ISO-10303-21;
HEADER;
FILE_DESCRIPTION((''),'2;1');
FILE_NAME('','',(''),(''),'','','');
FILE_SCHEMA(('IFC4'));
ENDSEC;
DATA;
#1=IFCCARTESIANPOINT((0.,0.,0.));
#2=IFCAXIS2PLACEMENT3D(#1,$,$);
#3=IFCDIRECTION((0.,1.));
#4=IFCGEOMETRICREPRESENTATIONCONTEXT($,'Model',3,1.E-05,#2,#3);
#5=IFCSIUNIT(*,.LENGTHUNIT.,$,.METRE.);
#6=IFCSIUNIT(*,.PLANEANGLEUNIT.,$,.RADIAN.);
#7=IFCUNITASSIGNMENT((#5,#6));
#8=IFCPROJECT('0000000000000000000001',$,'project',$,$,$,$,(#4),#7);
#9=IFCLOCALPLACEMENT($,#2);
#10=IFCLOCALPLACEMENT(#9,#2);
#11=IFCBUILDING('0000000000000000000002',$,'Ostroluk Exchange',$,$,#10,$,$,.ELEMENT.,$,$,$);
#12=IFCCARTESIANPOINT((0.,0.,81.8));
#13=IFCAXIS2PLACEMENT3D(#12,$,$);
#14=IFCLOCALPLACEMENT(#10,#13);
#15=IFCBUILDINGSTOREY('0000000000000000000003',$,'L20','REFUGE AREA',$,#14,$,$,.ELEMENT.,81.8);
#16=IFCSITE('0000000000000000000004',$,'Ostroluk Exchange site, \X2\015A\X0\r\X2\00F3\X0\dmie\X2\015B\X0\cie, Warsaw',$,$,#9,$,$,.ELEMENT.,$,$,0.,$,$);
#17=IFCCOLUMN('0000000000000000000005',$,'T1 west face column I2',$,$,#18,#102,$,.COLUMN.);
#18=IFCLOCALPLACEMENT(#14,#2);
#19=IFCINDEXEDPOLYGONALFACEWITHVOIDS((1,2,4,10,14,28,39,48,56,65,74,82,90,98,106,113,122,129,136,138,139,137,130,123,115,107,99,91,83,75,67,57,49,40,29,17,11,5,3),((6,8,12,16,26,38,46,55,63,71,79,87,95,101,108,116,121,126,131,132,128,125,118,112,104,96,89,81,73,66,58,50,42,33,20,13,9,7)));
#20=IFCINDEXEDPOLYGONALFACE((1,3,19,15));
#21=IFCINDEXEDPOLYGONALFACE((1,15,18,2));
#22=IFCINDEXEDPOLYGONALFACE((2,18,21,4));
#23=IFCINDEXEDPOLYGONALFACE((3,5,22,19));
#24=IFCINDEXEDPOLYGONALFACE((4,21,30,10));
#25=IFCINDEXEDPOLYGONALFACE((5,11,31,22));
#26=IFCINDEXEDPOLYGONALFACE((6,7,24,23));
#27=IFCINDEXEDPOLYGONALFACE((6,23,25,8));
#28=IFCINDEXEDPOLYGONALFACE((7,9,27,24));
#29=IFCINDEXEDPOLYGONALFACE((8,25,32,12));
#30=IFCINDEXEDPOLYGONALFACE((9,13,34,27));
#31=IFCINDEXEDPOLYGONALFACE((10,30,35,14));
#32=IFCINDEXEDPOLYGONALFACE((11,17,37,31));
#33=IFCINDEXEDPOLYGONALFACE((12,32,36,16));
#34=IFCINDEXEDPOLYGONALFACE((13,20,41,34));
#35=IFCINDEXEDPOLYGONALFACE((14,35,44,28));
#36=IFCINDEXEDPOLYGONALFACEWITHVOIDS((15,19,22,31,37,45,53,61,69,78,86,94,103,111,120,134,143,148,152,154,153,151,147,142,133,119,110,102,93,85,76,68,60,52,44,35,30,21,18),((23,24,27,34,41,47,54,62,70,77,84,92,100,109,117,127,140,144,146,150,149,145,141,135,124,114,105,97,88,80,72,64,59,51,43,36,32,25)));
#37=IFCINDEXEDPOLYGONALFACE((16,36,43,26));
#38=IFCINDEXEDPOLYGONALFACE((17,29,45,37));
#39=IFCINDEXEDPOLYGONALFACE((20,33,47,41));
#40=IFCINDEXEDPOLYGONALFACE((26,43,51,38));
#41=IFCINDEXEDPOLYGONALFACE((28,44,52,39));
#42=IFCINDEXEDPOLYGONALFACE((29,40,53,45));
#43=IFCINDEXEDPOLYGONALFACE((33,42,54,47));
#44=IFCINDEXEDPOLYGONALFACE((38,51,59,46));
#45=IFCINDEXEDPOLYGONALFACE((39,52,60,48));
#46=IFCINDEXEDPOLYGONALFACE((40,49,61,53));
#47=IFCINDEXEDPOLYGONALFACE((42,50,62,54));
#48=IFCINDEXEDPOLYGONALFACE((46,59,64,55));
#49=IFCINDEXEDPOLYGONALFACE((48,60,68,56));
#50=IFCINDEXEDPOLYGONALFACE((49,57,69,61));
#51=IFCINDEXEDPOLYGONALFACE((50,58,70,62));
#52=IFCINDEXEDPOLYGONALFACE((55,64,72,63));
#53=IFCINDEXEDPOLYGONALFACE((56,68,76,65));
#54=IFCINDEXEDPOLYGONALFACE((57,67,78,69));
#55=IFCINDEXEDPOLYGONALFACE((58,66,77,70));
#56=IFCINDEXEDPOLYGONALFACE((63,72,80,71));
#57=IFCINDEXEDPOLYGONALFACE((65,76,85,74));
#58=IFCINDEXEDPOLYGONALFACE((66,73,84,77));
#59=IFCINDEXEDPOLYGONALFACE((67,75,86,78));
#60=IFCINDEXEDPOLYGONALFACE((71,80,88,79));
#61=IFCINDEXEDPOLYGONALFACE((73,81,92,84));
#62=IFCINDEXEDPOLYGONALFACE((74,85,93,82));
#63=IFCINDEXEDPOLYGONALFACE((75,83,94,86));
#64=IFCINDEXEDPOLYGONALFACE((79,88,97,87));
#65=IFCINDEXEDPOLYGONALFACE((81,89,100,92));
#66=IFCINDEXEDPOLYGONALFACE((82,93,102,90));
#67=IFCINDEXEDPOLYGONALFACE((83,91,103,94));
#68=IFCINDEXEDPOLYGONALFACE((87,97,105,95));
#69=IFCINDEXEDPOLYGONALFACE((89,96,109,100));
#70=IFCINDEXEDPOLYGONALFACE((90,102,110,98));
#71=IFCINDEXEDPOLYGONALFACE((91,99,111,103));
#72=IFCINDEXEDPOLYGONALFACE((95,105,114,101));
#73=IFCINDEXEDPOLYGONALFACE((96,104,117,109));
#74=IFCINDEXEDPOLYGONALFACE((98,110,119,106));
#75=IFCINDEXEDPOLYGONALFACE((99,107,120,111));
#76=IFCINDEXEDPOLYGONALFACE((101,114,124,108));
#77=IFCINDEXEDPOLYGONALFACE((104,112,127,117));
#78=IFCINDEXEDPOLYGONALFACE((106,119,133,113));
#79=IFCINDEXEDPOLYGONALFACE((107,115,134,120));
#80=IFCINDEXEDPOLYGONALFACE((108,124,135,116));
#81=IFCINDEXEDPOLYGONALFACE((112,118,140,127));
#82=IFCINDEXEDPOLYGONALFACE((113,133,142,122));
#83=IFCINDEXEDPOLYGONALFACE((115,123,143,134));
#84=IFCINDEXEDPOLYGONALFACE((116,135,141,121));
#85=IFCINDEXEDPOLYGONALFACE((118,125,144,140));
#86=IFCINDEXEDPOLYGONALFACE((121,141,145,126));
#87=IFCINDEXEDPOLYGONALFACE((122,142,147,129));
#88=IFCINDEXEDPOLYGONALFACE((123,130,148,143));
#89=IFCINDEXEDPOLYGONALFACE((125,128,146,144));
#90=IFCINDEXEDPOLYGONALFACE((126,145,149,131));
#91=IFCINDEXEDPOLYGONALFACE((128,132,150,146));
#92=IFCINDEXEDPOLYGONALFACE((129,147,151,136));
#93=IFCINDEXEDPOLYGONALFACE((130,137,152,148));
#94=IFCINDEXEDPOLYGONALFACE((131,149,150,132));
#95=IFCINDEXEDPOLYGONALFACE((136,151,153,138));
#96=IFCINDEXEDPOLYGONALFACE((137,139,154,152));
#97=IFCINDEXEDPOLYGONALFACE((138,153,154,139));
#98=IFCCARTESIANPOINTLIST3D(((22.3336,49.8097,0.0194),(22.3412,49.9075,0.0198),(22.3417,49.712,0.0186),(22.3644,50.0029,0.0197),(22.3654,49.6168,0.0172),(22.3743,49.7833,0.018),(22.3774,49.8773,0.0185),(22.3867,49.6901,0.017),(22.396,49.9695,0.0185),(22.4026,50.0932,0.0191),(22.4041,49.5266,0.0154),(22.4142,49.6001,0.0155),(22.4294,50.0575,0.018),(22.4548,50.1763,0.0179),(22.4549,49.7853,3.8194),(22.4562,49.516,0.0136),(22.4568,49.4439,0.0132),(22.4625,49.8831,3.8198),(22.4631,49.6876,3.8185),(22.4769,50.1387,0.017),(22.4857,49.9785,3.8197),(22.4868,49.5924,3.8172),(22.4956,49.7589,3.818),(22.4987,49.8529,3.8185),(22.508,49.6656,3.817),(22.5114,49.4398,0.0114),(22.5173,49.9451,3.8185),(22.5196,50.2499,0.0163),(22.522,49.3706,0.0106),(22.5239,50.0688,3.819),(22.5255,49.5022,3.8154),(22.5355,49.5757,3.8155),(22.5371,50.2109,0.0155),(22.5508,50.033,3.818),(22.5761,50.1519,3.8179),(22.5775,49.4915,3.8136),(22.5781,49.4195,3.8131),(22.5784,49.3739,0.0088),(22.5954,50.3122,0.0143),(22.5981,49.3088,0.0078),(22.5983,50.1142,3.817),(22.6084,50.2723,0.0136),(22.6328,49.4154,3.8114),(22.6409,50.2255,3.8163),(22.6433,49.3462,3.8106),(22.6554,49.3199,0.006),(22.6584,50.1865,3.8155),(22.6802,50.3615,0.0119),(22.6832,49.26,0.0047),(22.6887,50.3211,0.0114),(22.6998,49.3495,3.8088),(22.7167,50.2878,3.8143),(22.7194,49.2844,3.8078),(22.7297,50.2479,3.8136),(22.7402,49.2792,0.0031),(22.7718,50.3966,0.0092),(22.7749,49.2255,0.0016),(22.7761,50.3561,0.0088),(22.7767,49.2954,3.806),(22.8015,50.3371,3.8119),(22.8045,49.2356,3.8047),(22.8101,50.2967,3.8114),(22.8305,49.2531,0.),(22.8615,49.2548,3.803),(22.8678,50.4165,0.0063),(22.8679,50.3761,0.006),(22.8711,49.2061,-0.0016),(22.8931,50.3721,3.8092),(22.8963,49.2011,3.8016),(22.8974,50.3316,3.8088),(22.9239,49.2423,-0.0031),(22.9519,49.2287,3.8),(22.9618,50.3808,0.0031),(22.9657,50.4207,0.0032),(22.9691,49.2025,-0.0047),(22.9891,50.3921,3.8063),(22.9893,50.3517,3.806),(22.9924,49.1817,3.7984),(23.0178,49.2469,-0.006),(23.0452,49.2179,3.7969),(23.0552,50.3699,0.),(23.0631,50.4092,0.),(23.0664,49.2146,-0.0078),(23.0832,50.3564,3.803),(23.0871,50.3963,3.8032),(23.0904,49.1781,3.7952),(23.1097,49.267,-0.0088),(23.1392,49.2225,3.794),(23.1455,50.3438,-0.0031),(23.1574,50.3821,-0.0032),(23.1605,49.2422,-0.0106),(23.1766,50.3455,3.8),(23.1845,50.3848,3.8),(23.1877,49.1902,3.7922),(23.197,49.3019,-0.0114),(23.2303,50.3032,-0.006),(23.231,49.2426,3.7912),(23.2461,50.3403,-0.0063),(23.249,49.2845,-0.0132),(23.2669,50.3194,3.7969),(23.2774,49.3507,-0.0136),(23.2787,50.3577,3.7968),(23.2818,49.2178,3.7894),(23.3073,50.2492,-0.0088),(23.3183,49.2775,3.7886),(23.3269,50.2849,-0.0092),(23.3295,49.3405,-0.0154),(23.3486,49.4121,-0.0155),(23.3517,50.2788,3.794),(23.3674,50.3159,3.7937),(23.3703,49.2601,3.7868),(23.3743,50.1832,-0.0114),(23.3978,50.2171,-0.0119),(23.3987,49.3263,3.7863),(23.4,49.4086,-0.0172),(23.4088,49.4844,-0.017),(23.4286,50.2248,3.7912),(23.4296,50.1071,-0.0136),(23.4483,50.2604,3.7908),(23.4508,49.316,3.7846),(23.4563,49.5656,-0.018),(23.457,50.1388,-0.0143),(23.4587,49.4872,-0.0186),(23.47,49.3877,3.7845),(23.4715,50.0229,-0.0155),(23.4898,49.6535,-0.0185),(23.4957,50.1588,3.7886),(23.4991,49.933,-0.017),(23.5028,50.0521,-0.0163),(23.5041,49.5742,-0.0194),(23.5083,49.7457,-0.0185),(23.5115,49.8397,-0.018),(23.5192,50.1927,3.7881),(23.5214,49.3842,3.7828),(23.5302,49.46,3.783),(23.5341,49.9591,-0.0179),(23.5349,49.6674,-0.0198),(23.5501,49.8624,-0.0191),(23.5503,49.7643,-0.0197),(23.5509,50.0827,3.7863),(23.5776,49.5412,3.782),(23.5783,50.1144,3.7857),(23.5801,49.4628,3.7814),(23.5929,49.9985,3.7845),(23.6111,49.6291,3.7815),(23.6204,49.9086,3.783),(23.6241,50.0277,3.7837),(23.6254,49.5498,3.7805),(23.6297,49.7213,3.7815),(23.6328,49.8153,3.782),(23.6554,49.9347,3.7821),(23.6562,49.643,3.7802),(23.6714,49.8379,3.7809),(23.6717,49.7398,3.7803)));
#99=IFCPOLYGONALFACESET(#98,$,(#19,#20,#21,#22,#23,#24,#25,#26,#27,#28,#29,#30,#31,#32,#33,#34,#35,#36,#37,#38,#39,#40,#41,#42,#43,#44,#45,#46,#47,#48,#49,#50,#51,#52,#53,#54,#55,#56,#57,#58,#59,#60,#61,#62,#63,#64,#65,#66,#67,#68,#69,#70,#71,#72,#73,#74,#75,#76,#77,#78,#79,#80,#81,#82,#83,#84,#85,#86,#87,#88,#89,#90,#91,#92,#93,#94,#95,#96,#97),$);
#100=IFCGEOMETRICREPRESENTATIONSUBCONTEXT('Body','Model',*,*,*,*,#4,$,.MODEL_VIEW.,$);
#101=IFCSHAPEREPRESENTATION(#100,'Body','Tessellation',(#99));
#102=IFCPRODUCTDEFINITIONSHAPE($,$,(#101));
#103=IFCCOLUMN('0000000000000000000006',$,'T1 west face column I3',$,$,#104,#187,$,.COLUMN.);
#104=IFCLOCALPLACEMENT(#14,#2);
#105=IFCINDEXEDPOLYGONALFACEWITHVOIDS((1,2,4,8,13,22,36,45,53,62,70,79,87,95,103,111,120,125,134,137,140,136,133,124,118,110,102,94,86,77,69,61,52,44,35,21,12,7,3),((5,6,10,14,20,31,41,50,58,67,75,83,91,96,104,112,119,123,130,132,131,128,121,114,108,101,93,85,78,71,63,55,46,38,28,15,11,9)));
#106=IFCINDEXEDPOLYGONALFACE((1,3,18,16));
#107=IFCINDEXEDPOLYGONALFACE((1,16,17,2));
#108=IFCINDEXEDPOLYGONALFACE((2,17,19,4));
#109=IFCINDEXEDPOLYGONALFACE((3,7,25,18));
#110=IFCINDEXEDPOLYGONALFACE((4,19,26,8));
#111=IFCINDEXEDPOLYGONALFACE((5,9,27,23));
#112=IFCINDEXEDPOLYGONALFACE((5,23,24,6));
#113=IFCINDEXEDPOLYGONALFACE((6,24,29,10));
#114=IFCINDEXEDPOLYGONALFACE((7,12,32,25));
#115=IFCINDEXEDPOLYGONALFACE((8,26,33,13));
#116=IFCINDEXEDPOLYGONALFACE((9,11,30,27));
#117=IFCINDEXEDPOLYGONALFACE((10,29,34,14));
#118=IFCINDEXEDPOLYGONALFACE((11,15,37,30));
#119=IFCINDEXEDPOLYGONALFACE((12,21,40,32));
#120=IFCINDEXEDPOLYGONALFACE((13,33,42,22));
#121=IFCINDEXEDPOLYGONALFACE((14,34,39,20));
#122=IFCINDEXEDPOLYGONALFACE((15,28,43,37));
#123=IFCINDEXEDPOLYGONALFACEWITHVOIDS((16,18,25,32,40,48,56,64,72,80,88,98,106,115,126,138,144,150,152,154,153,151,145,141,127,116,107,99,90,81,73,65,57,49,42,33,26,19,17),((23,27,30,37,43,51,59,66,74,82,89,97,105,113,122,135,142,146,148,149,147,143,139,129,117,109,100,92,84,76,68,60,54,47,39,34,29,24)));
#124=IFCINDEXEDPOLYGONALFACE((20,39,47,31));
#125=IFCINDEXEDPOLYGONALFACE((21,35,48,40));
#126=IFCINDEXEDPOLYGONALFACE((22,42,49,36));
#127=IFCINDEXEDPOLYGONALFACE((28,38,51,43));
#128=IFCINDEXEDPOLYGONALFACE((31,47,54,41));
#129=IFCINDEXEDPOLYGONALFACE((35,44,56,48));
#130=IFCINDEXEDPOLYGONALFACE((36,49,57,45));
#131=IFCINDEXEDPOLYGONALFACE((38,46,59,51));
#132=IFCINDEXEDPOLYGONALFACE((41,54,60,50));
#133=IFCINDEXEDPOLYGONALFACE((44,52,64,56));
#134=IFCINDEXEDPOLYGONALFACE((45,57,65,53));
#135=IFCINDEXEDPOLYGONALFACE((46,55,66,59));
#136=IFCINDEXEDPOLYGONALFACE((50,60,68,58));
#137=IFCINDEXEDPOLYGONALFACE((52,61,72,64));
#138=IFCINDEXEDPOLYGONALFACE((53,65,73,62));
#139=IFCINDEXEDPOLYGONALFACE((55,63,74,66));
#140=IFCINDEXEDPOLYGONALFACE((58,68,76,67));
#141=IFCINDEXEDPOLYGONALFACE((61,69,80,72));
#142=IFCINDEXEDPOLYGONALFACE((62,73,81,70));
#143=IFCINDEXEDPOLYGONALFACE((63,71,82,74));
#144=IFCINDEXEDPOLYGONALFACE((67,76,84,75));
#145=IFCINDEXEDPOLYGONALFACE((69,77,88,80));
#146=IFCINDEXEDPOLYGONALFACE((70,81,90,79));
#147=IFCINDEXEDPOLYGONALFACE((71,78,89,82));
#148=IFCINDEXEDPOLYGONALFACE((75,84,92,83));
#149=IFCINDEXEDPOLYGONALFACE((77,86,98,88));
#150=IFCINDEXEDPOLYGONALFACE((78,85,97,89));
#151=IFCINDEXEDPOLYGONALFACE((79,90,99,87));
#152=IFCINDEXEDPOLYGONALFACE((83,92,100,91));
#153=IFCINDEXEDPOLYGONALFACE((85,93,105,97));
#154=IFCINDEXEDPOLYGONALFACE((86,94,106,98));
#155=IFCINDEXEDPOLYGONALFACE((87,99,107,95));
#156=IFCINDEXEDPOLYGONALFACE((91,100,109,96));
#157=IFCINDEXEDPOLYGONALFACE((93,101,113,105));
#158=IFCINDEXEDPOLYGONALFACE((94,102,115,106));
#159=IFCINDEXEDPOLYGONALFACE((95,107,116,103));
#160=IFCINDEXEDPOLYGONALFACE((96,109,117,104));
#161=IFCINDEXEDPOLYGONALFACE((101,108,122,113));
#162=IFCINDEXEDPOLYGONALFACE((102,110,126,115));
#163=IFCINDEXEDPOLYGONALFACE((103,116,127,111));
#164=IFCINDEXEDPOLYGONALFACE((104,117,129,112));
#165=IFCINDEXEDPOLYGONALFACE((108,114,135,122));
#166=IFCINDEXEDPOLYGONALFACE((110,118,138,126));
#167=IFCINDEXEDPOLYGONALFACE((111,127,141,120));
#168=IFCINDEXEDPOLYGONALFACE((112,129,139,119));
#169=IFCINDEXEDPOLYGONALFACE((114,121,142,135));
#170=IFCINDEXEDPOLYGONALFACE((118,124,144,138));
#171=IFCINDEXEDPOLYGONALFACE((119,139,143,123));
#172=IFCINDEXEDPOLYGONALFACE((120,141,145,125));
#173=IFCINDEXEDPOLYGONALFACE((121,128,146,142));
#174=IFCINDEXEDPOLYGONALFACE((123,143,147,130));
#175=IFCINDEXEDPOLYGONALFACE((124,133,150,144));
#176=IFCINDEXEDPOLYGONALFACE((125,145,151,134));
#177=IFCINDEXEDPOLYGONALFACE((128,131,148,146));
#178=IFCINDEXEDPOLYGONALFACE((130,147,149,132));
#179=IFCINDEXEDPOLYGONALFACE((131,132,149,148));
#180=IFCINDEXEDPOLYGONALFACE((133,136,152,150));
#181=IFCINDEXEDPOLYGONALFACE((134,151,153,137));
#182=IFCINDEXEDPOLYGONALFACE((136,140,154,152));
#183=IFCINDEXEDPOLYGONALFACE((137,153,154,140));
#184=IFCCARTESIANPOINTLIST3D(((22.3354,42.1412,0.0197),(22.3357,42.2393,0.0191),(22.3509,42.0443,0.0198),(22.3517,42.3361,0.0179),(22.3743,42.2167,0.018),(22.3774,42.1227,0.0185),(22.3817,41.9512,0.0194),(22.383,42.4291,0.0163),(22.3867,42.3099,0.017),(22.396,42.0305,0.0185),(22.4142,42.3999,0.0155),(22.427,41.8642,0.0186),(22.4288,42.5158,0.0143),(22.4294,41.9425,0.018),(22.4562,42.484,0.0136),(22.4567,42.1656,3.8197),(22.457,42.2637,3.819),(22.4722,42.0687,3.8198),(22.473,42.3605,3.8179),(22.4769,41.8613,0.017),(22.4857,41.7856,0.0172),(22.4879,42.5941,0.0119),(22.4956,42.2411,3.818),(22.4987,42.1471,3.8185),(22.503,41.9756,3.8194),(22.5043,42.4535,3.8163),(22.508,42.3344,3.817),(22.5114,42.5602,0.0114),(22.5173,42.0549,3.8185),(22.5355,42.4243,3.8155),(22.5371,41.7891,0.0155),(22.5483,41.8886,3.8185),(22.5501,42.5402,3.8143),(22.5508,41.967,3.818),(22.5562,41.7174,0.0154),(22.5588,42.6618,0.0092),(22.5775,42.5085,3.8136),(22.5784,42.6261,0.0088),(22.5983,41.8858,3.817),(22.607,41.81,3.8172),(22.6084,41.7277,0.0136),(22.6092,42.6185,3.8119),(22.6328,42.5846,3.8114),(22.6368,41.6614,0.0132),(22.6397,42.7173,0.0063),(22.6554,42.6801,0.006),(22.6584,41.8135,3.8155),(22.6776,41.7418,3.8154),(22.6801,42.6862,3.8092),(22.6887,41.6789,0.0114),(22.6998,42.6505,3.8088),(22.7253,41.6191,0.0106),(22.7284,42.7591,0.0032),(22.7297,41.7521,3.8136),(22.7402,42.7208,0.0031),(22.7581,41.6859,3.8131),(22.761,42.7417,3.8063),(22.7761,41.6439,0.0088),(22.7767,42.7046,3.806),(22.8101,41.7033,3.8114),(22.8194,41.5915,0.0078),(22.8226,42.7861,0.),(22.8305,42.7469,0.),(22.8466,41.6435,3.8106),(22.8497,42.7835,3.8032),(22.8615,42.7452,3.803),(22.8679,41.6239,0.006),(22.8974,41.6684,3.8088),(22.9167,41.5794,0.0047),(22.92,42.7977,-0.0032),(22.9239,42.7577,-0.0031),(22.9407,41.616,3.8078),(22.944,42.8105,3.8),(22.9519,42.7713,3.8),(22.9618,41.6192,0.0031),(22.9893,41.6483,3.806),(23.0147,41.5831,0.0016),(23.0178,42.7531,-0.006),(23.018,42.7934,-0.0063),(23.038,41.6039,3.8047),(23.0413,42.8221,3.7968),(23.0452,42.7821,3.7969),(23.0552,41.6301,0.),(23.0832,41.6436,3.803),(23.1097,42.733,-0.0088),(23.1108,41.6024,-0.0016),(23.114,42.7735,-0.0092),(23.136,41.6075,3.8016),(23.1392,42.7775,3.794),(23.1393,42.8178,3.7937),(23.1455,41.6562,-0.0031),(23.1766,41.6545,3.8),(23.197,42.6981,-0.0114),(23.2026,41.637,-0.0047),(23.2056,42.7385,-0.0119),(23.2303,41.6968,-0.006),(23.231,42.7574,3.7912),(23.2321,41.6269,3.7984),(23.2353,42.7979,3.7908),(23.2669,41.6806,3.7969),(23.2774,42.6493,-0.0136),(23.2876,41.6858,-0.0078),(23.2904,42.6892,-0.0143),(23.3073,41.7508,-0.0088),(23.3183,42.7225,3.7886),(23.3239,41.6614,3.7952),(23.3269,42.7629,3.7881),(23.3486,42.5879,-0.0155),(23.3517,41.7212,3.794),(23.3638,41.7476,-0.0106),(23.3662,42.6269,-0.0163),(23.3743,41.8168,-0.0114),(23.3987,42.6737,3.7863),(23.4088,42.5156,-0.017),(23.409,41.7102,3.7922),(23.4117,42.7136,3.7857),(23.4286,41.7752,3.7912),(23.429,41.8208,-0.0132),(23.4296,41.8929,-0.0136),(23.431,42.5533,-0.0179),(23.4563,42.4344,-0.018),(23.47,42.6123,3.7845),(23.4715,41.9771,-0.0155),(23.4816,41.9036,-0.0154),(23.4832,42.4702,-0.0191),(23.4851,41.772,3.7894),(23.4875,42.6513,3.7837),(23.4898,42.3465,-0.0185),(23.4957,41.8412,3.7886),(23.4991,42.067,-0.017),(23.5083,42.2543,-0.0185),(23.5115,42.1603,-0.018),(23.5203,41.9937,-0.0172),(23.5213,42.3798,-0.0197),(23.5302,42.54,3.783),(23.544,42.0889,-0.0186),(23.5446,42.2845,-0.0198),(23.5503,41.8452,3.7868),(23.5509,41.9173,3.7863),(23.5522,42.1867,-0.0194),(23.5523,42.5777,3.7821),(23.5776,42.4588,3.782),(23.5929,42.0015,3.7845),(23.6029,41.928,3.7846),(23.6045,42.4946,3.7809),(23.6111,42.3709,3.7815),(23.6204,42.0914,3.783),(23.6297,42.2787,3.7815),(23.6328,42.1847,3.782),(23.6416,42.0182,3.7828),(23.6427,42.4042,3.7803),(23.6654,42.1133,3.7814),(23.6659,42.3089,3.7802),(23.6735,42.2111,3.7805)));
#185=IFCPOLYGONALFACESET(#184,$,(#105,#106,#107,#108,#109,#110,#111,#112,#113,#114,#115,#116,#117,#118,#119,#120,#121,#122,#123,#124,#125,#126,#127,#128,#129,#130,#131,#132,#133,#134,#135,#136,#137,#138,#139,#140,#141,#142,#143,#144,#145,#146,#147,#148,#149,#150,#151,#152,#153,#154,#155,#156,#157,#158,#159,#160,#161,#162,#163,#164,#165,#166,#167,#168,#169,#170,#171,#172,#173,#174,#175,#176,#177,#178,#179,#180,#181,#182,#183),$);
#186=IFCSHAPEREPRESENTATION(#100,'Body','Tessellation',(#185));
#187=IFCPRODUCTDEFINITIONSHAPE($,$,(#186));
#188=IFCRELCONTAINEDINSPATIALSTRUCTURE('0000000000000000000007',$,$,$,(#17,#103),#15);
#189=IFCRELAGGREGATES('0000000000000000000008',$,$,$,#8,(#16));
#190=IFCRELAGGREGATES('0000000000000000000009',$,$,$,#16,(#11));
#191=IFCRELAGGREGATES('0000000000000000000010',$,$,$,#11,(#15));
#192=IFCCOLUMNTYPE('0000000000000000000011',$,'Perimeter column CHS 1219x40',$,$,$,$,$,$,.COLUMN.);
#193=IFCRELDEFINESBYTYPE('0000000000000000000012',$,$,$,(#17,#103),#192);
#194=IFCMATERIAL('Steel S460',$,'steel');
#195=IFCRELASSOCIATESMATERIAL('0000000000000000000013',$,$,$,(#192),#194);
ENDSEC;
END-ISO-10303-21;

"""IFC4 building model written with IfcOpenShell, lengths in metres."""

from ifc_helpers import new_model, si_unit, direction, frame, origin, origin_2d, place, context, subcontext, project, spatial, hollow_circle, extrude, material, material_profile, profile_set, type_object, element, save


model = new_model("IFC4")

# Units and contexts
model_context = context("Model", 3, precision=1e-05, world=origin(), true_north=direction((0.0, 1.0)))
body_context = subcontext(model_context, "Body", "Model", "MODEL_VIEW")
ifc_project = project(units=[si_unit("LENGTHUNIT", "METRE"), si_unit("PLANEANGLEUNIT", "RADIAN")], contexts=[model_context])

# Site, building, storey
site_placement = place(None, origin())
site = spatial("IfcSite", under=ifc_project, at=site_placement, Name="Ostroluk Exchange site, Śródmieście, Warsaw", CompositionType="ELEMENT", RefElevation=0.0)
building_placement = place(site_placement, origin())
building = spatial("IfcBuilding", under=site, at=building_placement, Name="Ostroluk Exchange", CompositionType="ELEMENT")
storey_placement = place(building_placement, frame((0.0, 0.0, 81.8)))
storey = spatial("IfcBuildingStorey", under=building, at=storey_placement, Name="L20", Description="REFUGE AREA", CompositionType="ELEMENT", Elevation=81.8)

# Columns
ifc_material_1 = material(Name="Steel S460", Category="steel")
ifc_material_profile_1 = material_profile(ifc_material_1, hollow_circle(Radius=0.6096, WallThickness=0.04, at=origin_2d()), Name="CHS 1219x40")
ifc_profile_set_1 = profile_set([ifc_material_profile_1], Name="Steel S460")
column_type = type_object("IfcColumnType", Name="Perimeter column CHS 1219x40", PredefinedType="COLUMN", material=ifc_profile_set_1)
for number, where, z_axis, x_axis, name in (
    (1, (22.9429, 49.8115, 0.0), (0.031914, -0.006421, 0.99947), (0.197254, 0.980352, 0.0), "T1 west face column I2"),
    (2, (22.9429, 42.1885, 0.0), (0.031914, 0.006421, 0.99947), (-0.197254, 0.980352, 0.0), "T1 west face column I3"),
):
    element("IfcColumn", number, at=place(storey_placement, frame(where, z_axis=z_axis, x_axis=x_axis)), inside=storey, type_object=column_type, Name=name, PredefinedType="COLUMN", context=body_context, shape_type="SweptSolid", body=[
        extrude(hollow_circle(Radius=0.6096, WallThickness=0.04, at=origin_2d()), origin(), (0.0, 0.0, 1.0), 3.802),
    ])

save(model, "model.ifc")
